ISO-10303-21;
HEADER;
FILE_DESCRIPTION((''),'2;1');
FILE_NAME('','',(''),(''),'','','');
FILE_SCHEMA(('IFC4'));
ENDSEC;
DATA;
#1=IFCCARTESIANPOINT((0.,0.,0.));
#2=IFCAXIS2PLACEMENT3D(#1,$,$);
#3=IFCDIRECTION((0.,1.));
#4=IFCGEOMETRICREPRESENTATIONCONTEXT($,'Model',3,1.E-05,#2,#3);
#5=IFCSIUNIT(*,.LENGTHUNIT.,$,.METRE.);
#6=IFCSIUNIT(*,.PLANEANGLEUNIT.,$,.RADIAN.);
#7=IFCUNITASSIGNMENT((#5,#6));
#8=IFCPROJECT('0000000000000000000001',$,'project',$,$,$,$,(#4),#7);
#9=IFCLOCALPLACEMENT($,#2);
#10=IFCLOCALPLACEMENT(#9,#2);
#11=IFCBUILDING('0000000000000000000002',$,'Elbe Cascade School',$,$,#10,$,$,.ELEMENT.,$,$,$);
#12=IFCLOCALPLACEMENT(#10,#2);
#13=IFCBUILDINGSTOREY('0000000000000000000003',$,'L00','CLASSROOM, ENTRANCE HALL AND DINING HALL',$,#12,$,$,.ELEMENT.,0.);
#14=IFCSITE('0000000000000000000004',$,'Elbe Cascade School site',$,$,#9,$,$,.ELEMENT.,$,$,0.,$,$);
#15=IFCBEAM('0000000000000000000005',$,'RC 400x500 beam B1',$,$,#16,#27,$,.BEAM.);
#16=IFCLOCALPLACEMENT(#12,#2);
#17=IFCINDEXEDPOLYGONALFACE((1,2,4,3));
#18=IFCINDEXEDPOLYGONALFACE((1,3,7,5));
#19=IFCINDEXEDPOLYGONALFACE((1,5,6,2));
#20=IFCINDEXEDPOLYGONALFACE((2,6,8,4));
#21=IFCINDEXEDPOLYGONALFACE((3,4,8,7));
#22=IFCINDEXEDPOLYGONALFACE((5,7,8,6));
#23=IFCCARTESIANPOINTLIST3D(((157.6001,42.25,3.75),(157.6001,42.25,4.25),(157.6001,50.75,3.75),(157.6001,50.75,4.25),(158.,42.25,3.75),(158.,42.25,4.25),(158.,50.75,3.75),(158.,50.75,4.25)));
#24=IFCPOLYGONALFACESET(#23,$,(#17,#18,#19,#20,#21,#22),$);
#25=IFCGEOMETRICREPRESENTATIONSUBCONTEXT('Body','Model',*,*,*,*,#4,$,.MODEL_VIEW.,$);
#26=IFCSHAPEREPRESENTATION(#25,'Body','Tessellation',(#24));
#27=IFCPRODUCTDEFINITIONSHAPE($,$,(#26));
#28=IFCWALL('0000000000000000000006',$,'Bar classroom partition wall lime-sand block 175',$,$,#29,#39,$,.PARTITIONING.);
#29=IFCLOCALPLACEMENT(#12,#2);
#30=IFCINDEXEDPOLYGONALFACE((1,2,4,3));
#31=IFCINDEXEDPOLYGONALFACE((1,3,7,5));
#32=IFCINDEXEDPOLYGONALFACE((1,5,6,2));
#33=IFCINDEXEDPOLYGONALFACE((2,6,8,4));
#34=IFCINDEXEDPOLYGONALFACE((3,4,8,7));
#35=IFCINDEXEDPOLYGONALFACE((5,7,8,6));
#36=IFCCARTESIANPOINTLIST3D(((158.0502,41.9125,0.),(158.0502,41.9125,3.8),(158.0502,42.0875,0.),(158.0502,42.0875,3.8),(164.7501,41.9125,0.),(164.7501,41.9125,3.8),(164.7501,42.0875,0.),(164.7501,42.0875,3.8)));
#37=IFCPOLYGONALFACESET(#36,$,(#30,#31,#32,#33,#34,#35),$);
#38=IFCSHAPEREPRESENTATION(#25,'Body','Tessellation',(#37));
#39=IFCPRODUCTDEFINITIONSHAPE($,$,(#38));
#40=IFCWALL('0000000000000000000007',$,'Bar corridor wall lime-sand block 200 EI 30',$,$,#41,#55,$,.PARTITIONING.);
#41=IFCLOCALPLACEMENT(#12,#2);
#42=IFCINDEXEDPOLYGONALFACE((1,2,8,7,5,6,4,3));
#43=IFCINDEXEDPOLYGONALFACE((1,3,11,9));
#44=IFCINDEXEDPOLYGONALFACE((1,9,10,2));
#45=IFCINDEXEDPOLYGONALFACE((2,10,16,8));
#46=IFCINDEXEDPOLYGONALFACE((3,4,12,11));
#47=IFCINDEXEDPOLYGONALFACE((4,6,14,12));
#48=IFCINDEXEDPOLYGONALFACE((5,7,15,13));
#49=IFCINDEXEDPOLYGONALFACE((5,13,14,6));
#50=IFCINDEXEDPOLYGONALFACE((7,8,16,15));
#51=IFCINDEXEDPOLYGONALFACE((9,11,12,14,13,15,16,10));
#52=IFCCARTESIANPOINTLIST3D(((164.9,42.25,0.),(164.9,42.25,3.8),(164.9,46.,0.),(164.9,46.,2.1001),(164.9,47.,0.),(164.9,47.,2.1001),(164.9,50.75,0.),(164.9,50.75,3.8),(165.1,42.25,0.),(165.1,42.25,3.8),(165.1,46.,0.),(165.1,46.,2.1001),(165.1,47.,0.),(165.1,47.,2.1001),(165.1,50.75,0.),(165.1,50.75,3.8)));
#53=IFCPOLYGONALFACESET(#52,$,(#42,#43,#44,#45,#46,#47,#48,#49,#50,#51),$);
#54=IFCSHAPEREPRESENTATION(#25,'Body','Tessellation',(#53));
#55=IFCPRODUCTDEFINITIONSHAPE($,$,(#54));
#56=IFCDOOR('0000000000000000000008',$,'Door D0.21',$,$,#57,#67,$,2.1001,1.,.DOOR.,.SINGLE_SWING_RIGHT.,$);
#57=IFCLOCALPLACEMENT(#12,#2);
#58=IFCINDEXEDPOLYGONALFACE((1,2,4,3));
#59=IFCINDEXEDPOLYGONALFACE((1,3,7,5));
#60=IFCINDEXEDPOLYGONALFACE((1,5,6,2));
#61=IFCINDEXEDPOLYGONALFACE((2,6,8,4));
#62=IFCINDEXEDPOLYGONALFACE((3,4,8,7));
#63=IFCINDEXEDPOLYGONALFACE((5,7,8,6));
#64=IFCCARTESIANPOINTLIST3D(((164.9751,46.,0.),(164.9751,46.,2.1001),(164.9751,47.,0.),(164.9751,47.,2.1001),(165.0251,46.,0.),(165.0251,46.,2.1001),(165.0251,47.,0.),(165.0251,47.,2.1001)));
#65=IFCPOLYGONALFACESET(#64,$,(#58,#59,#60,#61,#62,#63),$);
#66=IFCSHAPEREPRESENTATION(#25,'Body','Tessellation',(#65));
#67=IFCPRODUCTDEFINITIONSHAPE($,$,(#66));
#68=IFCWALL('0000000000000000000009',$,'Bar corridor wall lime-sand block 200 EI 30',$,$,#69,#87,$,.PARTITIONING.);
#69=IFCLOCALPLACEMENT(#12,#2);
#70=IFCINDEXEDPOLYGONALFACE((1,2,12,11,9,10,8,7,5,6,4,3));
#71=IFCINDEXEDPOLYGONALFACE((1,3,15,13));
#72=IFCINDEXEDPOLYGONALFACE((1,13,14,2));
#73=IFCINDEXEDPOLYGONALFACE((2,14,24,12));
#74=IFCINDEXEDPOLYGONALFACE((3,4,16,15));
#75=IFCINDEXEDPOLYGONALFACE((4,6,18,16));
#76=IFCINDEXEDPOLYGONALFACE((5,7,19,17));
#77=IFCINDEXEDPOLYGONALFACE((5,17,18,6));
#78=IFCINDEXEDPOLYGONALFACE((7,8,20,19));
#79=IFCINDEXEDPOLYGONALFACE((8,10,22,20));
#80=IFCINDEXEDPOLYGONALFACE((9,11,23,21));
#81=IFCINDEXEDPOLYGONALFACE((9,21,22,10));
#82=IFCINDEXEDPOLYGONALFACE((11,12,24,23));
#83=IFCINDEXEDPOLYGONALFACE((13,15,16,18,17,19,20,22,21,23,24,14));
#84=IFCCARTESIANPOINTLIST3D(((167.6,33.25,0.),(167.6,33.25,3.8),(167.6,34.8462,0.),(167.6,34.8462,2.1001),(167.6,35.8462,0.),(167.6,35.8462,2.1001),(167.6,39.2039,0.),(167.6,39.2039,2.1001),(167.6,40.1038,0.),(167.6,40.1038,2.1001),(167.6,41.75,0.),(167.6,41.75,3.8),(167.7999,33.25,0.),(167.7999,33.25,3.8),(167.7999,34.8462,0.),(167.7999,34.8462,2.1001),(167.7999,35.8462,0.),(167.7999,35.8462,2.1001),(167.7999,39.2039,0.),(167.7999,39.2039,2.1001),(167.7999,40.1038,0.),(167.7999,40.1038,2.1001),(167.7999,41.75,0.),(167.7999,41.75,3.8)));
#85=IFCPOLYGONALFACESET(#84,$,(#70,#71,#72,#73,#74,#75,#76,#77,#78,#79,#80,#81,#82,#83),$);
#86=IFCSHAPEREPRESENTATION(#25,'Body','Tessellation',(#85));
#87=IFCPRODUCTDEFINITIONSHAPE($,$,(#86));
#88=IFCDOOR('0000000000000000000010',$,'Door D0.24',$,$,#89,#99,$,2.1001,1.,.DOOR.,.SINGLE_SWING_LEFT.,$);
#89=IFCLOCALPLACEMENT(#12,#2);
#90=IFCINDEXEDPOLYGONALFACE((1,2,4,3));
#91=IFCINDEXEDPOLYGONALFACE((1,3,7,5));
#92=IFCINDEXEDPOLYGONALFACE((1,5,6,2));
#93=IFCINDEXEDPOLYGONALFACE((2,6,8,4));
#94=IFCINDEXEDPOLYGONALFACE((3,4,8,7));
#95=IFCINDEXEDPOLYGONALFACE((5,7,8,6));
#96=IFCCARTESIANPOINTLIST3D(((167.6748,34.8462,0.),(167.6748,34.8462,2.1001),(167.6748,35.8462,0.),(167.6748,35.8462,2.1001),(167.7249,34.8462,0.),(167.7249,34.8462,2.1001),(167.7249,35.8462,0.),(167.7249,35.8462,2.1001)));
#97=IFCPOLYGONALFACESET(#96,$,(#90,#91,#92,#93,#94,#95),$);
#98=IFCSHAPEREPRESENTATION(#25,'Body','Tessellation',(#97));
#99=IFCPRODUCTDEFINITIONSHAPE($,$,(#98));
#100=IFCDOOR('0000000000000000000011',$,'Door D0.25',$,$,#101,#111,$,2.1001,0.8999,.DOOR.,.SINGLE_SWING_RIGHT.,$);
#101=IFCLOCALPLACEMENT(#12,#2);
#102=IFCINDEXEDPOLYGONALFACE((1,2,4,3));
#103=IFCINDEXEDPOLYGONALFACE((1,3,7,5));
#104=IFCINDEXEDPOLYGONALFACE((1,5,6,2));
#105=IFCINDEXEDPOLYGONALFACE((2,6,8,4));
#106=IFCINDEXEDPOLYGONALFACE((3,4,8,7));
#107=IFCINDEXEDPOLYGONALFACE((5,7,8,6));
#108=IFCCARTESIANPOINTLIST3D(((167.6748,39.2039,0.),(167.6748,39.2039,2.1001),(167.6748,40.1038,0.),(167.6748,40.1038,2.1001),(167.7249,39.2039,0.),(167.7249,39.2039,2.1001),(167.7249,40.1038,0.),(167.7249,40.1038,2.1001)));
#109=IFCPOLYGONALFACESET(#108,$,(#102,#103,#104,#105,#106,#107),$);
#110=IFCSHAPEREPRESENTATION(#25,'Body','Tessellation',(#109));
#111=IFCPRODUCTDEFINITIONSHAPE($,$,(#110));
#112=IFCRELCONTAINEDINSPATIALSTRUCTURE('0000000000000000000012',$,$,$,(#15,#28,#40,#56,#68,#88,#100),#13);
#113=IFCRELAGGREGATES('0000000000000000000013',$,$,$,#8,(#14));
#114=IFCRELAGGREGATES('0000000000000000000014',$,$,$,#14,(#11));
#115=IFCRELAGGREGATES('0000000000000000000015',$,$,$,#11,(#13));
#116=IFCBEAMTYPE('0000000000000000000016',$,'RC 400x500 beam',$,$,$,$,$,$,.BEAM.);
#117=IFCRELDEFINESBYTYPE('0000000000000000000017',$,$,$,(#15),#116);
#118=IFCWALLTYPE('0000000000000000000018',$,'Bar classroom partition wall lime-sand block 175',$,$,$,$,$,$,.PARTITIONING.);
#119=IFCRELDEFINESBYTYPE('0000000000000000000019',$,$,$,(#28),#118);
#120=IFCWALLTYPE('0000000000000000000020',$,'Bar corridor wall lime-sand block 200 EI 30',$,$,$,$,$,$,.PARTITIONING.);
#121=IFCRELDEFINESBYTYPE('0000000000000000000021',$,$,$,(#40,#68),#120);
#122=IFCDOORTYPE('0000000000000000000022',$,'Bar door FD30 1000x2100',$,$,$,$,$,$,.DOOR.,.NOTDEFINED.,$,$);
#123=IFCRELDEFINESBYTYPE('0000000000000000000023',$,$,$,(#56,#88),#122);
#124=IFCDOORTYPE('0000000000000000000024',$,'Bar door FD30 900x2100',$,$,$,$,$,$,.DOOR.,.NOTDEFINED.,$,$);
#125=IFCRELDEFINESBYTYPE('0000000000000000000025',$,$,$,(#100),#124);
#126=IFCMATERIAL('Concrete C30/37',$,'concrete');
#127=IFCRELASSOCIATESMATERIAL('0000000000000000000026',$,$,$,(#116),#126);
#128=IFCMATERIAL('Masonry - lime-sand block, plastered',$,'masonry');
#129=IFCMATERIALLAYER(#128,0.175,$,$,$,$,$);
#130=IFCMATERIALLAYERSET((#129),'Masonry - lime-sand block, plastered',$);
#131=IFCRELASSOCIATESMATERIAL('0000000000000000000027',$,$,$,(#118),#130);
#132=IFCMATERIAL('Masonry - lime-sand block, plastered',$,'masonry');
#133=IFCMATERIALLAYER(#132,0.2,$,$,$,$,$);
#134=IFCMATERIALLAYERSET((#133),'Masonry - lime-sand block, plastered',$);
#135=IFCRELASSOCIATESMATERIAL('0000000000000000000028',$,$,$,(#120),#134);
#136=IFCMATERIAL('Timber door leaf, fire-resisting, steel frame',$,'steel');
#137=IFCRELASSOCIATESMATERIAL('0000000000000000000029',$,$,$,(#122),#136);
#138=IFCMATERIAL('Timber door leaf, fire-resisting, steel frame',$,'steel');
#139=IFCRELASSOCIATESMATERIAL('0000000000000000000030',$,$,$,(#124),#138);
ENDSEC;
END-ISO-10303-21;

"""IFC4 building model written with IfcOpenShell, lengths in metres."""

from ifc_helpers import new_model, si_unit, direction, frame, frame_2d, origin, origin_2d, place, context, subcontext, project, spatial, rectangle, extrude, material, layer, layer_set, material_profile, profile_set, type_object, element, fill, save


model = new_model("IFC4")

# Units and contexts
model_context = context("Model", 3, precision=1e-05, world=origin(), true_north=direction((0.0, 1.0)))
body_context = subcontext(model_context, "Body", "Model", "MODEL_VIEW")
ifc_project = project(units=[si_unit("LENGTHUNIT", "METRE"), si_unit("PLANEANGLEUNIT", "RADIAN")], contexts=[model_context])

# Site, building, storey
site_placement = place(None, origin())
site = spatial("IfcSite", under=ifc_project, at=site_placement, Name="Elbe Cascade School site", CompositionType="ELEMENT", RefElevation=0.0)
building_placement = place(site_placement, origin())
building = spatial("IfcBuilding", under=site, at=building_placement, Name="Elbe Cascade School", CompositionType="ELEMENT")
storey_placement = place(building_placement, origin())
storey = spatial("IfcBuildingStorey", under=building, at=storey_placement, Name="L00", Description="CLASSROOM, ENTRANCE HALL AND DINING HALL", CompositionType="ELEMENT", Elevation=0.0)

# Beam
ifc_material_1 = material(Name="Concrete C30/37", Category="concrete")
ifc_material_profile_1 = material_profile(ifc_material_1, rectangle(XDim=0.3999, YDim=0.5, at=origin_2d()), Name="RC 400x500")
ifc_profile_set_1 = profile_set([ifc_material_profile_1], Name="Concrete C30/37")
beam_type_1 = type_object("IfcBeamType", Name="RC 400x500 beam", PredefinedType="BEAM", material=ifc_profile_set_1)
beam_1_placement = place(storey_placement, frame((157.8, 42.25, 4.0), z_axis=(0.0, 1.0, 0.0), x_axis=(-1.0, 0.0, 0.0)))
element("IfcBeam", 1, at=beam_1_placement, inside=storey, type_object=beam_type_1, Name="RC 400x500 beam B1", PredefinedType="BEAM", context=body_context, shape_type="SweptSolid", body=[
    extrude(rectangle(XDim=0.3999, YDim=0.5, at=origin_2d()), origin(), (0.0, 0.0, 1.0), 8.5),
])

# Wall
ifc_material_2 = material(Name="Masonry - lime-sand block, plastered", Category="masonry")
ifc_layer_1 = layer(ifc_material_2, 0.175)
ifc_layer_set_1 = layer_set([ifc_layer_1], Name="Masonry - lime-sand block, plastered")
wall_type_1 = type_object("IfcWallType", Name="Bar classroom partition wall lime-sand block 175", PredefinedType="PARTITIONING", material=ifc_layer_set_1)
wall_1_placement = place(storey_placement, frame((158.05, 42.0, 0.0), z_axis=(0.0, 0.0, 1.0), x_axis=(1.0, 0.0, 0.0)))
element("IfcWall", 2, at=wall_1_placement, inside=storey, type_object=wall_type_1, Name="Bar classroom partition wall lime-sand block 175", PredefinedType="PARTITIONING", context=body_context, shape_type="SweptSolid", body=[
    extrude(rectangle(XDim=6.7, YDim=0.175, at=frame_2d((3.3501, 0.0))), origin(), (0.0, 0.0, 1.0), 3.8),
])

# Wall, opening, door
ifc_material_3 = material(Name="Masonry - lime-sand block, plastered", Category="masonry")
ifc_layer_2 = layer(ifc_material_3, 0.2)
ifc_layer_set_2 = layer_set([ifc_layer_2], Name="Masonry - lime-sand block, plastered")
wall_type_2 = type_object("IfcWallType", Name="Bar corridor wall lime-sand block 200 EI 30", PredefinedType="PARTITIONING", material=ifc_layer_set_2)
wall_2_placement = place(storey_placement, frame((165.0, 42.25, 0.0), z_axis=(0.0, 0.0, 1.0), x_axis=(0.0, 1.0, 0.0)))
wall_2 = element("IfcWall", 3, at=wall_2_placement, inside=storey, type_object=wall_type_2, Name="Bar corridor wall lime-sand block 200 EI 30", PredefinedType="PARTITIONING", context=body_context, shape_type="SweptSolid", body=[
    extrude(rectangle(XDim=8.5, YDim=0.2, at=frame_2d((4.25, 0.0))), origin(), (0.0, 0.0, 1.0), 3.8),
])
opening_1_placement = place(wall_2_placement, frame((3.75, 0.0, 0.0)))
opening_1 = element("IfcOpeningElement", 4, at=opening_1_placement, cuts=wall_2, PredefinedType="OPENING", context=body_context, shape_type="SweptSolid", body=[
    extrude(rectangle(XDim=1.0, YDim=2.1001, at=frame_2d((0.5, 1.05))), frame((0.0, 0.1099, 0.0), z_axis=(0.0, -1.0, 0.0), x_axis=(1.0, 0.0, 0.0)), (0.0, 0.0, 1.0), 0.22),
])
ifc_material_4 = material(Name="Timber door leaf, fire-resisting, steel frame", Category="steel")
door_type_1 = type_object("IfcDoorType", Name="Bar door FD30 1000x2100", OperationType="NOTDEFINED", PredefinedType="DOOR", material=ifc_material_4)
door_1_placement = place(opening_1_placement, origin())
door_1 = element("IfcDoor", 5, at=door_1_placement, inside=storey, type_object=door_type_1, Name="Door D0.21", OperationType="SINGLE_SWING_RIGHT", OverallHeight=2.1001, OverallWidth=1.0, PredefinedType="DOOR", context=body_context, shape_type="SweptSolid", body=[
    extrude(rectangle(XDim=1.0, YDim=2.1001, at=frame_2d((0.5, 1.05))), frame((0.0, 0.0249, 0.0), z_axis=(0.0, -1.0, 0.0), x_axis=(1.0, 0.0, 0.0)), (0.0, 0.0, 1.0), 0.05),
])
fill(opening_1, door_1)

# Wall, openings, doors
wall_3_placement = place(storey_placement, frame((167.7, 41.75, 0.0), z_axis=(0.0, 0.0, 1.0), x_axis=(0.0, -1.0, 0.0)))
wall_3 = element("IfcWall", 6, at=wall_3_placement, inside=storey, type_object=wall_type_2, Name="Bar corridor wall lime-sand block 200 EI 30", PredefinedType="PARTITIONING", context=body_context, shape_type="SweptSolid", body=[
    extrude(rectangle(XDim=8.5, YDim=0.2, at=frame_2d((4.25, 0.0))), origin(), (0.0, 0.0, 1.0), 3.8),
])
opening_2_placement = place(wall_3_placement, frame((5.9038, 0.0, 0.0)))
opening_2 = element("IfcOpeningElement", 7, at=opening_2_placement, cuts=wall_3, PredefinedType="OPENING", context=body_context, shape_type="SweptSolid", body=[
    extrude(rectangle(XDim=1.0, YDim=2.1001, at=frame_2d((0.5, 1.05))), frame((0.0, 0.1099, 0.0), z_axis=(0.0, -1.0, 0.0), x_axis=(1.0, 0.0, 0.0)), (0.0, 0.0, 1.0), 0.22),
])
opening_3_placement = place(wall_3_placement, frame((1.6462, 0.0, 0.0)))
opening_3 = element("IfcOpeningElement", 8, at=opening_3_placement, cuts=wall_3, PredefinedType="OPENING", context=body_context, shape_type="SweptSolid", body=[
    extrude(rectangle(XDim=0.8999, YDim=2.1001, at=frame_2d((0.45, 1.05))), frame((0.0, 0.1099, 0.0), z_axis=(0.0, -1.0, 0.0), x_axis=(1.0, 0.0, 0.0)), (0.0, 0.0, 1.0), 0.22),
])
door_2_placement = place(opening_2_placement, origin())
door_2 = element("IfcDoor", 9, at=door_2_placement, inside=storey, type_object=door_type_1, Name="Door D0.24", OperationType="SINGLE_SWING_LEFT", OverallHeight=2.1001, OverallWidth=1.0, PredefinedType="DOOR", context=body_context, shape_type="SweptSolid", body=[
    extrude(rectangle(XDim=1.0, YDim=2.1001, at=frame_2d((0.5, 1.05))), frame((0.0, 0.0249, 0.0), z_axis=(0.0, -1.0, 0.0), x_axis=(1.0, 0.0, 0.0)), (0.0, 0.0, 1.0), 0.05),
])
fill(opening_2, door_2)
ifc_material_5 = material(Name="Timber door leaf, fire-resisting, steel frame", Category="steel")
door_type_2 = type_object("IfcDoorType", Name="Bar door FD30 900x2100", OperationType="NOTDEFINED", PredefinedType="DOOR", material=ifc_material_5)
door_3_placement = place(opening_3_placement, origin())
door_3 = element("IfcDoor", 10, at=door_3_placement, inside=storey, type_object=door_type_2, Name="Door D0.25", OperationType="SINGLE_SWING_RIGHT", OverallHeight=2.1001, OverallWidth=0.8999, PredefinedType="DOOR", context=body_context, shape_type="SweptSolid", body=[
    extrude(rectangle(XDim=0.8999, YDim=2.1001, at=frame_2d((0.45, 1.05))), frame((0.0, 0.0249, 0.0), z_axis=(0.0, -1.0, 0.0), x_axis=(1.0, 0.0, 0.0)), (0.0, 0.0, 1.0), 0.05),
])
fill(opening_3, door_3)

save(model, "model.ifc")
